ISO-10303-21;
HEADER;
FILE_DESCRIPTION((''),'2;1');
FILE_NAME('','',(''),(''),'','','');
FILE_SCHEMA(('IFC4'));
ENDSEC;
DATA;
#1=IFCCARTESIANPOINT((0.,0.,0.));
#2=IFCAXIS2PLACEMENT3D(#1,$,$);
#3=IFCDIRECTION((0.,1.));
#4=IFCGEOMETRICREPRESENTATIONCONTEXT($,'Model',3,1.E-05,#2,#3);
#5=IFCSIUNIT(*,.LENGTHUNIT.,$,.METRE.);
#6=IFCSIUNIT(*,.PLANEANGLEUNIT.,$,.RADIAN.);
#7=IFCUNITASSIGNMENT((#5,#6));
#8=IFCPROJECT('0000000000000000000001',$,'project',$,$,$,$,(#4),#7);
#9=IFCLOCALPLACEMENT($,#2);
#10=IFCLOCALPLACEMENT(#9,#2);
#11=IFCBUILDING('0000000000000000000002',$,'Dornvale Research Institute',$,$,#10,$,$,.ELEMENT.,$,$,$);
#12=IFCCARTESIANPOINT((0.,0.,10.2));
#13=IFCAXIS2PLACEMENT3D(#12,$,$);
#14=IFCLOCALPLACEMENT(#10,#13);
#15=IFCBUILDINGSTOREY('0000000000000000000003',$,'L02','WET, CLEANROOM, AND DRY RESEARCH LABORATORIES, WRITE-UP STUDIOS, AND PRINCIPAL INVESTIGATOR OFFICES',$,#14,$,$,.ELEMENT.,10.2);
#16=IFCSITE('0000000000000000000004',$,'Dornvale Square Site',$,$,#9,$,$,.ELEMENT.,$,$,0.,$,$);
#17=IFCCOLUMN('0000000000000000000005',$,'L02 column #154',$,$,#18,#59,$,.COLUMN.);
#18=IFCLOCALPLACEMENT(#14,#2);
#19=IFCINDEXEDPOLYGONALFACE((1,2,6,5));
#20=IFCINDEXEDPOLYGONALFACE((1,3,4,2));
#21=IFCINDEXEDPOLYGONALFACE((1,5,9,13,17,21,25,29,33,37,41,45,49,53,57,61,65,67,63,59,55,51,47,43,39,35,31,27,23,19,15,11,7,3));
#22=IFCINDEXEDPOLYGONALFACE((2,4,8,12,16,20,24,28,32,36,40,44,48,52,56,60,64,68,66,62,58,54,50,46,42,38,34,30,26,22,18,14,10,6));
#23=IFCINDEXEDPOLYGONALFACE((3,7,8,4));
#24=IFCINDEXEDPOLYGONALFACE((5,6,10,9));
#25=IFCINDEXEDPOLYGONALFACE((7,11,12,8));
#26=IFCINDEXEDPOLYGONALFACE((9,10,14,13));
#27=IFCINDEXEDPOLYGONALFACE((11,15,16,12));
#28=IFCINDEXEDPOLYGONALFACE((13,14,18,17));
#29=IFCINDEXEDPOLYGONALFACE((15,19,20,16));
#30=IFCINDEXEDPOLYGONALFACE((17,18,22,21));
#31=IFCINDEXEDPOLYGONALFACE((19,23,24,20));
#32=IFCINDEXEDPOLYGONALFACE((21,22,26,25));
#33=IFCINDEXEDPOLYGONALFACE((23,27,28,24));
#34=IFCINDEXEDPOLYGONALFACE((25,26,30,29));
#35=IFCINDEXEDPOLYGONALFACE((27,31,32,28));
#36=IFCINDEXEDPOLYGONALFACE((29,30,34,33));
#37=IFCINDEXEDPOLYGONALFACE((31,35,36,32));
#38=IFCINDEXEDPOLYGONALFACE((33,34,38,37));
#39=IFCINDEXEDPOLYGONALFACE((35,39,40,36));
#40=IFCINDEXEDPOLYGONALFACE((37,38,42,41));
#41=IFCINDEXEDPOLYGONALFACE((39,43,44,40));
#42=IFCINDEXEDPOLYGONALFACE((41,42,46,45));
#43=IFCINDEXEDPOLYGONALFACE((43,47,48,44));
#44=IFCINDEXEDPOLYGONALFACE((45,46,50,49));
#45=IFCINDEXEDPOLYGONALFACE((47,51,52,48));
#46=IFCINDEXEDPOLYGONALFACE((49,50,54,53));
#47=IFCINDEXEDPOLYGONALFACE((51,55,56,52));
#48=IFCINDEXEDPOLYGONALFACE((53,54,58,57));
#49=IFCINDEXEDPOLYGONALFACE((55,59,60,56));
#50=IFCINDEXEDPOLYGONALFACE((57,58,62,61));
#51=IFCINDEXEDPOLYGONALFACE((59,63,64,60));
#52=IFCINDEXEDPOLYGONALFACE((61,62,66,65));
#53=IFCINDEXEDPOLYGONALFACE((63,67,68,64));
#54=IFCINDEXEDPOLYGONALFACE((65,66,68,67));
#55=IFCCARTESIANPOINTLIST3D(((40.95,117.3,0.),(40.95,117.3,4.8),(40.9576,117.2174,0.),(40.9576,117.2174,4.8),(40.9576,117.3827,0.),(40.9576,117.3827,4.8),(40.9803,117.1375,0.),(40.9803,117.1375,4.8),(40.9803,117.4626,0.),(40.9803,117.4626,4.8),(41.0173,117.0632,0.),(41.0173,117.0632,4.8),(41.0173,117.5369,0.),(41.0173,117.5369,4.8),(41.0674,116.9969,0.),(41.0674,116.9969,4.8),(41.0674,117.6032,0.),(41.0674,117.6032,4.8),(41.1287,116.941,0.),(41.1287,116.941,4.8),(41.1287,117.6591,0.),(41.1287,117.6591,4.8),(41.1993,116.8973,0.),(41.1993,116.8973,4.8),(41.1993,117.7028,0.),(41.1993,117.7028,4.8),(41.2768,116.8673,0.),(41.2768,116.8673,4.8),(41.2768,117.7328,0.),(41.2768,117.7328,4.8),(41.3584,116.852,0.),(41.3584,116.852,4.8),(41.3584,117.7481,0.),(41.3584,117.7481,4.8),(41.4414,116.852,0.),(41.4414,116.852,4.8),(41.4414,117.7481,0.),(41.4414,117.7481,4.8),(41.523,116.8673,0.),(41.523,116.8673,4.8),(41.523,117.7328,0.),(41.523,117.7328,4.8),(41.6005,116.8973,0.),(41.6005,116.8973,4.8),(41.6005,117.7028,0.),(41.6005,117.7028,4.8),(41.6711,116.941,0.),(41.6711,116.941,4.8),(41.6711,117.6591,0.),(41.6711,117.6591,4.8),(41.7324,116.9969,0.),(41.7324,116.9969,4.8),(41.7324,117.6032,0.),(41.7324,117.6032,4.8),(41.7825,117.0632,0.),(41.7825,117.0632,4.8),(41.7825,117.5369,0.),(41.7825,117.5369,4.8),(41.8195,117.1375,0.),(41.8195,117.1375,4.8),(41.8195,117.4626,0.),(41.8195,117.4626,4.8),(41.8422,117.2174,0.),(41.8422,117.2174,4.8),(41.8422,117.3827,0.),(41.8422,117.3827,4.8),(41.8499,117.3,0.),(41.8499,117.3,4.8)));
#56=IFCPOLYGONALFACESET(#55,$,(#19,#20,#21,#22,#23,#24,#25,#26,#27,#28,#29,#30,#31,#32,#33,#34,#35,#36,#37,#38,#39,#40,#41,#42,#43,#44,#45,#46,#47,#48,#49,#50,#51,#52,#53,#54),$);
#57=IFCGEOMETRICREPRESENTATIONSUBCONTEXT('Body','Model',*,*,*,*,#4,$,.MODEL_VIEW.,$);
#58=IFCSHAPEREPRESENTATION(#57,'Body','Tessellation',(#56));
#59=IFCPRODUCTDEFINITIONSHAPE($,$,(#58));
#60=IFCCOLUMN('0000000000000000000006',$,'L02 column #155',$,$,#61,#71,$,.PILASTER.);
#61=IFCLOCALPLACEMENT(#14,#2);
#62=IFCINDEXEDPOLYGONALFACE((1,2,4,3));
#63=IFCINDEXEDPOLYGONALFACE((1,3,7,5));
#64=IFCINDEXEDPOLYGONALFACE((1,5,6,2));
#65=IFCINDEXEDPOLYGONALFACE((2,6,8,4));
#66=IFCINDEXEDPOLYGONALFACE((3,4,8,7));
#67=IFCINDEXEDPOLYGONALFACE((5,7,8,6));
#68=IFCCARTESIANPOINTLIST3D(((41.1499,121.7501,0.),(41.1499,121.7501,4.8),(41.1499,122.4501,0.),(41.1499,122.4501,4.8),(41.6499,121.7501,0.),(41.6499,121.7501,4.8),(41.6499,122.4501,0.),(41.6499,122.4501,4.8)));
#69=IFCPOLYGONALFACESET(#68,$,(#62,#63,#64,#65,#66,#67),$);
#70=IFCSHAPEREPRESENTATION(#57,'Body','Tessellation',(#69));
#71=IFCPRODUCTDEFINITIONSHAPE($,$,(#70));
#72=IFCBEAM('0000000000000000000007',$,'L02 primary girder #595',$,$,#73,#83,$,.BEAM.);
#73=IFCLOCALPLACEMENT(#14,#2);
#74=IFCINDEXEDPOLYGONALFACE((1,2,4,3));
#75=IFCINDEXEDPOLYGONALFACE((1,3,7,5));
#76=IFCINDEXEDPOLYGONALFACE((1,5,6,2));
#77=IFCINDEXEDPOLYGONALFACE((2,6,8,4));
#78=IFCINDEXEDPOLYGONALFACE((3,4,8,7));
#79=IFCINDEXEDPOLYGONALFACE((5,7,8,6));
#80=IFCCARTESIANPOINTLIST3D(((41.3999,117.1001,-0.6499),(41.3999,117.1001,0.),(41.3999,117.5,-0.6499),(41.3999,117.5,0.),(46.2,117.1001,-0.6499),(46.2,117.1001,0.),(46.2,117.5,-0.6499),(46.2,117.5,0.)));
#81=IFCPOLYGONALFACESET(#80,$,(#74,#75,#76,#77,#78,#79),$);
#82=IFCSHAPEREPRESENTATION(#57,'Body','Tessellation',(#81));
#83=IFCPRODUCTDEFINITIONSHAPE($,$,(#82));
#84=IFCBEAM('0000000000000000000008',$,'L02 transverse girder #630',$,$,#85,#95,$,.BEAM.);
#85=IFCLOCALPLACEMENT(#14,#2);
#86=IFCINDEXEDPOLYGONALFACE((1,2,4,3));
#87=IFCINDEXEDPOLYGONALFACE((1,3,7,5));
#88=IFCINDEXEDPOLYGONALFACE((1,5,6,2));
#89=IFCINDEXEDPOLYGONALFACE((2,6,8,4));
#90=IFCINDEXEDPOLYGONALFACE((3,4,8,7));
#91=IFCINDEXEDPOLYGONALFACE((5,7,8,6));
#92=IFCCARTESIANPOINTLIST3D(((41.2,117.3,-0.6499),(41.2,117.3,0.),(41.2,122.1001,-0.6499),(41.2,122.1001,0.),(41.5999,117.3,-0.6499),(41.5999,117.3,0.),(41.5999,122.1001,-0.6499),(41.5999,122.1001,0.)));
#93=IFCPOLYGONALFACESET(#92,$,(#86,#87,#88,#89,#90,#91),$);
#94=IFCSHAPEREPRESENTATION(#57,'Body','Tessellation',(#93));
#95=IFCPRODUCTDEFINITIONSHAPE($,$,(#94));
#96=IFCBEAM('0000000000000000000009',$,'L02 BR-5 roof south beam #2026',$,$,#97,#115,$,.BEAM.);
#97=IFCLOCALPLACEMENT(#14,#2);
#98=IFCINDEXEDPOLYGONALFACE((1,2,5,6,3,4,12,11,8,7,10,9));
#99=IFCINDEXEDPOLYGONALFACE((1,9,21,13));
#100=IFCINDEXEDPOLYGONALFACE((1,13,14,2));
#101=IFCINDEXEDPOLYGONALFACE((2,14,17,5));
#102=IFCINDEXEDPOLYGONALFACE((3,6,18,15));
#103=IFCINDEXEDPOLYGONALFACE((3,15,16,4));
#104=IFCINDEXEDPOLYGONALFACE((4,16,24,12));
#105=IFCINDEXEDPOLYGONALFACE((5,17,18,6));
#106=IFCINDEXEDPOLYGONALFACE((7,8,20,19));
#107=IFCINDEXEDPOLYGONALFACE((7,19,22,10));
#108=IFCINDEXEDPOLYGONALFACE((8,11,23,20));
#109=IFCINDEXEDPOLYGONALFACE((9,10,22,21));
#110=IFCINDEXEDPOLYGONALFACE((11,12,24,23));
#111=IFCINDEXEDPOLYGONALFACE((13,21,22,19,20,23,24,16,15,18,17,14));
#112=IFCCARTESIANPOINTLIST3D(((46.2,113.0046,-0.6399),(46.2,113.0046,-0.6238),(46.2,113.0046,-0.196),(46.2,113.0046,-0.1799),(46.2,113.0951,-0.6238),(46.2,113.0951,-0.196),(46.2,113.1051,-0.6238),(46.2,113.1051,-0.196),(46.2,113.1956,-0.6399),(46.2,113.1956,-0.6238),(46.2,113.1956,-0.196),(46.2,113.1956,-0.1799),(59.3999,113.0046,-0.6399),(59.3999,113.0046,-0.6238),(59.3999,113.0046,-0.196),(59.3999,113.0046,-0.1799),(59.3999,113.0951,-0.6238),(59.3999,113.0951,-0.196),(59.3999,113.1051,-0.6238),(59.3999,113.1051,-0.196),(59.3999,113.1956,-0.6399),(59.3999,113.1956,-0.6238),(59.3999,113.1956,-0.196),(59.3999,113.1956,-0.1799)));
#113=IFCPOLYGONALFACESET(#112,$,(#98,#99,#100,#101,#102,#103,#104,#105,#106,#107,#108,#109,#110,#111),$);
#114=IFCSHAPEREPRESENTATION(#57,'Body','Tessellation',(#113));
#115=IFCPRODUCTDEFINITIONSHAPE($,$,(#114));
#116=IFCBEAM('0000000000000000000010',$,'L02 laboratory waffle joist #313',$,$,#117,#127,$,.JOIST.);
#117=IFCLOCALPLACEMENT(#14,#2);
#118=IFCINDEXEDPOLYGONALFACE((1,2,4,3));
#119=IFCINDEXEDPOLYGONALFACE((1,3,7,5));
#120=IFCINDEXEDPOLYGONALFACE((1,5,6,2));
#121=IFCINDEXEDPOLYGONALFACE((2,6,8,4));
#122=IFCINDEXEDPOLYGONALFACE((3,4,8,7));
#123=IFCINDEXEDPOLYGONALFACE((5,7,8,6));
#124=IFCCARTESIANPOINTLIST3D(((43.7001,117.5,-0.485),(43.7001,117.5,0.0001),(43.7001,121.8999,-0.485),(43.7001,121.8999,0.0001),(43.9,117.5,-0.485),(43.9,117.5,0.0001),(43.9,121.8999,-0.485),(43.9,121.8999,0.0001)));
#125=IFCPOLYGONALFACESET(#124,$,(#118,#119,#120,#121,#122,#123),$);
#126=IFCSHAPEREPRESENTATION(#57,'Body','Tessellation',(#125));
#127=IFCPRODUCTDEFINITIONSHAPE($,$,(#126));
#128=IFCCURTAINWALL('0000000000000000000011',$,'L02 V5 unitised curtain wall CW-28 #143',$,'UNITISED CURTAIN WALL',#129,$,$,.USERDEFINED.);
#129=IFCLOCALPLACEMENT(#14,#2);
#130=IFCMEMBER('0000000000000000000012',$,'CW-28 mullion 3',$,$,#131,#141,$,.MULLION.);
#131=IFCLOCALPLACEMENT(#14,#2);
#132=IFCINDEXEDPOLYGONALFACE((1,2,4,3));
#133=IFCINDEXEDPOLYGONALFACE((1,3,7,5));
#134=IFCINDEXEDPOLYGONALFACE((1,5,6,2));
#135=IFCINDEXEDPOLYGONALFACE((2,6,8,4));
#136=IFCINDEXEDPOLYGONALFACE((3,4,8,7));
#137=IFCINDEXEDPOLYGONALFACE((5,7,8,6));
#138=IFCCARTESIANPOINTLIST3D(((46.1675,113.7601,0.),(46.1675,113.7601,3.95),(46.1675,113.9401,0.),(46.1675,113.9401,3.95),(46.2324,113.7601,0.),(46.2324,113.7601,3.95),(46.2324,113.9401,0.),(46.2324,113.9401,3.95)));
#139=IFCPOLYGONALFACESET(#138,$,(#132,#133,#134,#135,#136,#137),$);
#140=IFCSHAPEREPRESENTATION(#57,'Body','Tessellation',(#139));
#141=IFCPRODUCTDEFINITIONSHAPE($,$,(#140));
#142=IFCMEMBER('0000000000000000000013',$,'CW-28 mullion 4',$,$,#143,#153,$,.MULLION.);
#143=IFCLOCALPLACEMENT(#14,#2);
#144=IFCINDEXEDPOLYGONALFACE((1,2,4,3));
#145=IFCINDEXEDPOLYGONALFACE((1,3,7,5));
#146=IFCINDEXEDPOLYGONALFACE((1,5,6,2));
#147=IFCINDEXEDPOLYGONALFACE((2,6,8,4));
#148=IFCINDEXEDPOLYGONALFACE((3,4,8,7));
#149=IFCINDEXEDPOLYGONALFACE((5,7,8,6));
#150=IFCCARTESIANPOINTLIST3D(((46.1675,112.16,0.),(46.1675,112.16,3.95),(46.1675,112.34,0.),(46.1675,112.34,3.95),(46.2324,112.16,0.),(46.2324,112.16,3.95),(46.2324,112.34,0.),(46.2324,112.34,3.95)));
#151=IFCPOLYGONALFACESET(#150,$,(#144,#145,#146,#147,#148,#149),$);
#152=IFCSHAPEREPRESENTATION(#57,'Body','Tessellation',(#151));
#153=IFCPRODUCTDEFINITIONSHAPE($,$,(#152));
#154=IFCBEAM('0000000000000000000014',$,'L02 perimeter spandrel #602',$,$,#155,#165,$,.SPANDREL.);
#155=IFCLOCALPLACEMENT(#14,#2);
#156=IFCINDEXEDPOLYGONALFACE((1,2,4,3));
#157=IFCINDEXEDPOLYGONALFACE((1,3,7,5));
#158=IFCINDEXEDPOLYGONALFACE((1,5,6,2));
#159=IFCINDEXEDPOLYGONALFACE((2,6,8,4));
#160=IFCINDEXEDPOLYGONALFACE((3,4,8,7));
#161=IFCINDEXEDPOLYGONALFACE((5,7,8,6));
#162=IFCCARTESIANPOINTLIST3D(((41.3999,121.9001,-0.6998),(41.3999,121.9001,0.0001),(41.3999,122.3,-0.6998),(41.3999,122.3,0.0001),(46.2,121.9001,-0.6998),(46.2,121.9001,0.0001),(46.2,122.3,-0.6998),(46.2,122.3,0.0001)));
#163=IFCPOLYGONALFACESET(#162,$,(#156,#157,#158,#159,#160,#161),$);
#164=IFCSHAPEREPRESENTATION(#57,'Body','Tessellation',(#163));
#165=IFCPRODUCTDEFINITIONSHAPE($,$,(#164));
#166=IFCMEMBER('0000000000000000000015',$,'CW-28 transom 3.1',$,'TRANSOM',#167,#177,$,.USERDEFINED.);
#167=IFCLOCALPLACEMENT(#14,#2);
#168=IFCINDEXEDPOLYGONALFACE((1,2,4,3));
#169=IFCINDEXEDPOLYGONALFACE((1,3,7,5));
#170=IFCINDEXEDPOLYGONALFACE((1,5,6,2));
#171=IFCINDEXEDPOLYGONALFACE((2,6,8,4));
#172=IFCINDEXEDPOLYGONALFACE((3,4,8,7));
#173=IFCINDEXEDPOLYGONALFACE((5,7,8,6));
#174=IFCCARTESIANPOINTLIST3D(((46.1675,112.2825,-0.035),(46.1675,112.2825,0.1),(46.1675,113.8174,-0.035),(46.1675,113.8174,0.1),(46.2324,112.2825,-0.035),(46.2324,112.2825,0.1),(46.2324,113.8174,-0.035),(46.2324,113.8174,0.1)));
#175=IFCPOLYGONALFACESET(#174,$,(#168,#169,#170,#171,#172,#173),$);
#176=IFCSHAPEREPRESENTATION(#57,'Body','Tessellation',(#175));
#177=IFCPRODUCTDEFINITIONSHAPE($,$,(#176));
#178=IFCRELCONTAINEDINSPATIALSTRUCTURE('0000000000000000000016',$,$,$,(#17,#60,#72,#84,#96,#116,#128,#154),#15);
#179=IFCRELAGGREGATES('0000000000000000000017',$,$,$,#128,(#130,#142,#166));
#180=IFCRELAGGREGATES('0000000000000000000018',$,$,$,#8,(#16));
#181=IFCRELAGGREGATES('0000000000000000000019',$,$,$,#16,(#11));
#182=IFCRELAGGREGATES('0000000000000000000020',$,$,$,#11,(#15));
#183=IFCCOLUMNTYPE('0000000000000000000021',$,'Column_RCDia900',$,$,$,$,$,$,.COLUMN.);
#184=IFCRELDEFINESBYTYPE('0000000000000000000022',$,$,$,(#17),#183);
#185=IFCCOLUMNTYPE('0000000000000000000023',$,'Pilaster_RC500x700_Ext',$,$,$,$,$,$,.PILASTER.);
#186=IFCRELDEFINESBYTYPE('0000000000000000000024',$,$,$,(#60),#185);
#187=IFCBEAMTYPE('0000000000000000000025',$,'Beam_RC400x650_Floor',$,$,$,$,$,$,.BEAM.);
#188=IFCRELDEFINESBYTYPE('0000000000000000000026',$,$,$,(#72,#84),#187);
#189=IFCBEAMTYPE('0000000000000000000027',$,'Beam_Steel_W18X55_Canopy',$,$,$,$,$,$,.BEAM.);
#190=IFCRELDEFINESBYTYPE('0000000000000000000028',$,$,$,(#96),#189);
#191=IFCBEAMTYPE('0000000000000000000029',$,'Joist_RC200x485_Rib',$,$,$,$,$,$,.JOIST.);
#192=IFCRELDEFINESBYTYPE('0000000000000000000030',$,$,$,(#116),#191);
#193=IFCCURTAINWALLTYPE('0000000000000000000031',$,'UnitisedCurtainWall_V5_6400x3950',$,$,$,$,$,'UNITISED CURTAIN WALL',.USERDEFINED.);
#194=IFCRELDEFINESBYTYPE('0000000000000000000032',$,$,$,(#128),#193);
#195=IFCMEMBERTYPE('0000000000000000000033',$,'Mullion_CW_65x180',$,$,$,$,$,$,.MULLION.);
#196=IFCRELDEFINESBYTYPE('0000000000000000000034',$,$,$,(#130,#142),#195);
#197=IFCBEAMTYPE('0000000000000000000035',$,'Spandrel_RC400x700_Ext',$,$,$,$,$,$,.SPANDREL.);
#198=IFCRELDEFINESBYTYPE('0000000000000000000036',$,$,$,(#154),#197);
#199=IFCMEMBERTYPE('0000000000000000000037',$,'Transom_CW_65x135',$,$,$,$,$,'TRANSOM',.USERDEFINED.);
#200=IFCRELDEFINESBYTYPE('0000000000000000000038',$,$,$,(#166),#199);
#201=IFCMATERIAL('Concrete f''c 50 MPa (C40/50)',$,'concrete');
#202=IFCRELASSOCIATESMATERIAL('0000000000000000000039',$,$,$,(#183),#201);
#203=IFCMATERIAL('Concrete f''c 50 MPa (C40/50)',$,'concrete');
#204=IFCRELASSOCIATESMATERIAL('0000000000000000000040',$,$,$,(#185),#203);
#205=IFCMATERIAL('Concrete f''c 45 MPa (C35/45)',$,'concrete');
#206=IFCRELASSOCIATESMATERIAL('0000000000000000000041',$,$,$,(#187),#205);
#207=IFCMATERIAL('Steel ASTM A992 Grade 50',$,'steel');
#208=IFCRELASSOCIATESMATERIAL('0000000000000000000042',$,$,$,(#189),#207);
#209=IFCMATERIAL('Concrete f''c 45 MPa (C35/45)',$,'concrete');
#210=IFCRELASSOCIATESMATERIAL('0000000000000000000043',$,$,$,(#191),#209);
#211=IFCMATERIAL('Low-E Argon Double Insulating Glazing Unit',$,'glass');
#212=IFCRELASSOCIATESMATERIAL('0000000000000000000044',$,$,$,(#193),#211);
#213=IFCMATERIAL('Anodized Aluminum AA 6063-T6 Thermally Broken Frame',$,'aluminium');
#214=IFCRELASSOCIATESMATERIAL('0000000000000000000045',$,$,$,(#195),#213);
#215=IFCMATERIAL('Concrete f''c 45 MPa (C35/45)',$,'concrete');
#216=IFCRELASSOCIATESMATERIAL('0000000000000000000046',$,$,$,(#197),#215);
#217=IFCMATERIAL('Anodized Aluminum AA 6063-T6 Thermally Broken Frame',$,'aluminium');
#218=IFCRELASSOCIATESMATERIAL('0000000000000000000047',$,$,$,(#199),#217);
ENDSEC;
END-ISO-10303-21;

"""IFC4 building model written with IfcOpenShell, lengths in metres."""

from ifc_helpers import new_model, si_unit, direction, frame, origin, origin_2d, place, context, subcontext, project, spatial, rectangle, circle, i_section, extrude, material, material_profile, profile_set, type_object, element, aggregate, save


model = new_model("IFC4")

# Units and contexts
model_context = context("Model", 3, precision=1e-05, world=origin(), true_north=direction((0.0, 1.0)))
body_context = subcontext(model_context, "Body", "Model", "MODEL_VIEW")
ifc_project = project(units=[si_unit("LENGTHUNIT", "METRE"), si_unit("PLANEANGLEUNIT", "RADIAN")], contexts=[model_context])

# Site, building, storey
site_placement = place(None, origin())
site = spatial("IfcSite", under=ifc_project, at=site_placement, Name="Dornvale Square Site", CompositionType="ELEMENT", RefElevation=0.0)
building_placement = place(site_placement, origin())
building = spatial("IfcBuilding", under=site, at=building_placement, Name="Dornvale Research Institute", CompositionType="ELEMENT")
storey_placement = place(building_placement, frame((0.0, 0.0, 10.2)))
storey = spatial("IfcBuildingStorey", under=building, at=storey_placement, Name="L02", Description="WET, CLEANROOM, AND DRY RESEARCH LABORATORIES, WRITE-UP STUDIOS, AND PRINCIPAL INVESTIGATOR OFFICES", CompositionType="ELEMENT", Elevation=10.2)

# Columns
ifc_material_1 = material(Name="Concrete f'c 50 MPa (C40/50)", Category="concrete")
ifc_material_profile_1 = material_profile(ifc_material_1, circle(Radius=0.45, at=origin_2d()), Name="RC DIA 900")
ifc_profile_set_1 = profile_set([ifc_material_profile_1], Name="Concrete f'c 50 MPa (C40/50)")
column_type_1 = type_object("IfcColumnType", Name="Column_RCDia900", PredefinedType="COLUMN", material=ifc_profile_set_1)
column_1_placement = place(storey_placement, frame((41.3999, 117.3, 0.0), z_axis=(0.0, 0.0, 1.0), x_axis=(1.0, 0.0, 0.0)))
element("IfcColumn", 1, at=column_1_placement, inside=storey, type_object=column_type_1, Name="L02 column #154", PredefinedType="COLUMN", context=body_context, shape_type="SweptSolid", body=[
    extrude(circle(Radius=0.45, at=origin_2d()), origin(), (0.0, 0.0, 1.0), 4.8),
])
ifc_material_2 = material(Name="Concrete f'c 50 MPa (C40/50)", Category="concrete")
ifc_material_profile_2 = material_profile(ifc_material_2, rectangle(XDim=0.5, YDim=0.7, at=origin_2d()), Name="RC 500x700")
ifc_profile_set_2 = profile_set([ifc_material_profile_2], Name="Concrete f'c 50 MPa (C40/50)")
column_type_2 = type_object("IfcColumnType", Name="Pilaster_RC500x700_Ext", PredefinedType="PILASTER", material=ifc_profile_set_2)
column_2_placement = place(storey_placement, frame((41.3999, 122.1001, 0.0), z_axis=(0.0, 0.0, 1.0), x_axis=(1.0, 0.0, 0.0)))
element("IfcColumn", 2, at=column_2_placement, inside=storey, type_object=column_type_2, Name="L02 column #155", PredefinedType="PILASTER", context=body_context, shape_type="SweptSolid", body=[
    extrude(rectangle(XDim=0.5, YDim=0.7, at=origin_2d()), origin(), (0.0, 0.0, 1.0), 4.8),
])

# Beams
ifc_material_3 = material(Name="Concrete f'c 45 MPa (C35/45)", Category="concrete")
ifc_material_profile_3 = material_profile(ifc_material_3, rectangle(XDim=0.3999, YDim=0.6499, at=origin_2d()), Name="RC 400x650")
ifc_profile_set_3 = profile_set([ifc_material_profile_3], Name="Concrete f'c 45 MPa (C35/45)")
beam_type_1 = type_object("IfcBeamType", Name="Beam_RC400x650_Floor", PredefinedType="BEAM", material=ifc_profile_set_3)
for number, where, z_axis, x_axis, name in (
    (3, (41.3999, 117.3, -0.325), (1.0, 0.0, 0.0), (0.0, 1.0, 0.0), "L02 primary girder #595"),
    (4, (41.3999, 117.3, -0.325), (0.0, 1.0, 0.0), (-1.0, 0.0, 0.0), "L02 transverse girder #630"),
):
    element("IfcBeam", number, at=place(storey_placement, frame(where, z_axis=z_axis, x_axis=x_axis)), inside=storey, type_object=beam_type_1, Name=name, PredefinedType="BEAM", context=body_context, shape_type="SweptSolid", body=[
        extrude(rectangle(XDim=0.3999, YDim=0.6499, at=origin_2d()), origin(), (0.0, 0.0, 1.0), 4.8),
    ])
ifc_material_4 = material(Name="Steel ASTM A992 Grade 50", Category="steel")
ifc_material_profile_4 = material_profile(ifc_material_4, i_section(OverallWidth=0.1909, OverallDepth=0.46, WebThickness=0.01, FlangeThickness=0.0161, at=origin_2d()), Name="W18X55")
ifc_profile_set_4 = profile_set([ifc_material_profile_4], Name="Steel ASTM A992 Grade 50")
beam_type_2 = type_object("IfcBeamType", Name="Beam_Steel_W18X55_Canopy", PredefinedType="BEAM", material=ifc_profile_set_4)
beam_1_placement = place(storey_placement, frame((46.2, 113.1001, -0.4099), z_axis=(1.0, 0.0, 0.0), x_axis=(0.0, 1.0, 0.0)))
element("IfcBeam", 5, at=beam_1_placement, inside=storey, type_object=beam_type_2, Name="L02 BR-5 roof south beam #2026", PredefinedType="BEAM", context=body_context, shape_type="SweptSolid", body=[
    extrude(i_section(OverallWidth=0.1909, OverallDepth=0.46, WebThickness=0.01, FlangeThickness=0.0161, at=origin_2d()), origin(), (0.0, 0.0, 1.0), 13.2),
])
ifc_material_5 = material(Name="Concrete f'c 45 MPa (C35/45)", Category="concrete")
ifc_material_profile_5 = material_profile(ifc_material_5, rectangle(XDim=0.2, YDim=0.4851, at=origin_2d()), Name="RC 200x485")
ifc_profile_set_5 = profile_set([ifc_material_profile_5], Name="Concrete f'c 45 MPa (C35/45)")
beam_type_3 = type_object("IfcBeamType", Name="Joist_RC200x485_Rib", PredefinedType="JOIST", material=ifc_profile_set_5)
beam_2_placement = place(storey_placement, frame((43.8, 117.5, -0.2424), z_axis=(0.0, 1.0, 0.0), x_axis=(-1.0, 0.0, 0.0)))
element("IfcBeam", 6, at=beam_2_placement, inside=storey, type_object=beam_type_3, Name="L02 laboratory waffle joist #313", PredefinedType="JOIST", context=body_context, shape_type="SweptSolid", body=[
    extrude(rectangle(XDim=0.2, YDim=0.4851, at=origin_2d()), origin(), (0.0, 0.0, 1.0), 4.3999),
])

# Curtain wall, members
ifc_material_6 = material(Name="Low-E Argon Double Insulating Glazing Unit", Category="glass")
curtain_wall_type = type_object("IfcCurtainWallType", Name="UnitisedCurtainWall_V5_6400x3950", ElementType="UNITISED CURTAIN WALL", PredefinedType="USERDEFINED", material=ifc_material_6)
curtain_wall_placement = place(storey_placement, origin())
curtain_wall = element("IfcCurtainWall", 7, at=curtain_wall_placement, inside=storey, type_object=curtain_wall_type, Name="L02 V5 unitised curtain wall CW-28 #143", ObjectType="UNITISED CURTAIN WALL", PredefinedType="USERDEFINED")
ifc_material_7 = material(Name="Anodized Aluminum AA 6063-T6 Thermally Broken Frame", Category="aluminium")
ifc_material_profile_6 = material_profile(ifc_material_7, rectangle(XDim=0.0649, YDim=0.1799, at=origin_2d()), Name="ALU MULLION 65x180")
ifc_profile_set_6 = profile_set([ifc_material_profile_6], Name="Anodized Aluminum AA 6063-T6 Thermally Broken Frame")
member_type_1 = type_object("IfcMemberType", Name="Mullion_CW_65x180", PredefinedType="MULLION", material=ifc_profile_set_6)
member_1_placement = place(storey_placement, frame((46.2, 113.8501, 0.0), z_axis=(0.0, 0.0, 1.0), x_axis=(1.0, 0.0, 0.0)))
member_1 = element("IfcMember", 8, at=member_1_placement, type_object=member_type_1, Name="CW-28 mullion 3", PredefinedType="MULLION", context=body_context, shape_type="SweptSolid", body=[
    extrude(rectangle(XDim=0.0649, YDim=0.1799, at=origin_2d()), origin(), (0.0, 0.0, 1.0), 3.95),
])
member_2_placement = place(storey_placement, frame((46.2, 112.25, 0.0), z_axis=(0.0, 0.0, 1.0), x_axis=(1.0, 0.0, 0.0)))
member_2 = element("IfcMember", 9, at=member_2_placement, type_object=member_type_1, Name="CW-28 mullion 4", PredefinedType="MULLION", context=body_context, shape_type="SweptSolid", body=[
    extrude(rectangle(XDim=0.0649, YDim=0.1799, at=origin_2d()), origin(), (0.0, 0.0, 1.0), 3.95),
])

# Beam
ifc_material_8 = material(Name="Concrete f'c 45 MPa (C35/45)", Category="concrete")
ifc_material_profile_7 = material_profile(ifc_material_8, rectangle(XDim=0.3999, YDim=0.7, at=origin_2d()), Name="RC 400x700")
ifc_profile_set_7 = profile_set([ifc_material_profile_7], Name="Concrete f'c 45 MPa (C35/45)")
beam_type_4 = type_object("IfcBeamType", Name="Spandrel_RC400x700_Ext", PredefinedType="SPANDREL", material=ifc_profile_set_7)
beam_3_placement = place(storey_placement, frame((41.3999, 122.1001, -0.3499), z_axis=(1.0, 0.0, 0.0), x_axis=(0.0, 1.0, 0.0)))
element("IfcBeam", 10, at=beam_3_placement, inside=storey, type_object=beam_type_4, Name="L02 perimeter spandrel #602", PredefinedType="SPANDREL", context=body_context, shape_type="SweptSolid", body=[
    extrude(rectangle(XDim=0.3999, YDim=0.7, at=origin_2d()), origin(), (0.0, 0.0, 1.0), 4.8),
])

# Member
ifc_material_9 = material(Name="Anodized Aluminum AA 6063-T6 Thermally Broken Frame", Category="aluminium")
ifc_material_profile_8 = material_profile(ifc_material_9, rectangle(XDim=0.0649, YDim=0.135, at=origin_2d()), Name="ALU TRANSOM 65x135")
ifc_profile_set_8 = profile_set([ifc_material_profile_8], Name="Anodized Aluminum AA 6063-T6 Thermally Broken Frame")
member_type_2 = type_object("IfcMemberType", Name="Transom_CW_65x135", ElementType="TRANSOM", PredefinedType="USERDEFINED", material=ifc_profile_set_8)
member_3_placement = place(storey_placement, frame((46.2, 113.8174, 0.0325), z_axis=(0.0, -1.0, 0.0), x_axis=(1.0, 0.0, 0.0)))
member_3 = element("IfcMember", 11, at=member_3_placement, type_object=member_type_2, Name="CW-28 transom 3.1", ObjectType="TRANSOM", PredefinedType="USERDEFINED", context=body_context, shape_type="SweptSolid", body=[
    extrude(rectangle(XDim=0.0649, YDim=0.135, at=origin_2d()), origin(), (0.0, 0.0, 1.0), 1.5349),
])

aggregate(curtain_wall, [member_1, member_2, member_3])

save(model, "model.ifc")
